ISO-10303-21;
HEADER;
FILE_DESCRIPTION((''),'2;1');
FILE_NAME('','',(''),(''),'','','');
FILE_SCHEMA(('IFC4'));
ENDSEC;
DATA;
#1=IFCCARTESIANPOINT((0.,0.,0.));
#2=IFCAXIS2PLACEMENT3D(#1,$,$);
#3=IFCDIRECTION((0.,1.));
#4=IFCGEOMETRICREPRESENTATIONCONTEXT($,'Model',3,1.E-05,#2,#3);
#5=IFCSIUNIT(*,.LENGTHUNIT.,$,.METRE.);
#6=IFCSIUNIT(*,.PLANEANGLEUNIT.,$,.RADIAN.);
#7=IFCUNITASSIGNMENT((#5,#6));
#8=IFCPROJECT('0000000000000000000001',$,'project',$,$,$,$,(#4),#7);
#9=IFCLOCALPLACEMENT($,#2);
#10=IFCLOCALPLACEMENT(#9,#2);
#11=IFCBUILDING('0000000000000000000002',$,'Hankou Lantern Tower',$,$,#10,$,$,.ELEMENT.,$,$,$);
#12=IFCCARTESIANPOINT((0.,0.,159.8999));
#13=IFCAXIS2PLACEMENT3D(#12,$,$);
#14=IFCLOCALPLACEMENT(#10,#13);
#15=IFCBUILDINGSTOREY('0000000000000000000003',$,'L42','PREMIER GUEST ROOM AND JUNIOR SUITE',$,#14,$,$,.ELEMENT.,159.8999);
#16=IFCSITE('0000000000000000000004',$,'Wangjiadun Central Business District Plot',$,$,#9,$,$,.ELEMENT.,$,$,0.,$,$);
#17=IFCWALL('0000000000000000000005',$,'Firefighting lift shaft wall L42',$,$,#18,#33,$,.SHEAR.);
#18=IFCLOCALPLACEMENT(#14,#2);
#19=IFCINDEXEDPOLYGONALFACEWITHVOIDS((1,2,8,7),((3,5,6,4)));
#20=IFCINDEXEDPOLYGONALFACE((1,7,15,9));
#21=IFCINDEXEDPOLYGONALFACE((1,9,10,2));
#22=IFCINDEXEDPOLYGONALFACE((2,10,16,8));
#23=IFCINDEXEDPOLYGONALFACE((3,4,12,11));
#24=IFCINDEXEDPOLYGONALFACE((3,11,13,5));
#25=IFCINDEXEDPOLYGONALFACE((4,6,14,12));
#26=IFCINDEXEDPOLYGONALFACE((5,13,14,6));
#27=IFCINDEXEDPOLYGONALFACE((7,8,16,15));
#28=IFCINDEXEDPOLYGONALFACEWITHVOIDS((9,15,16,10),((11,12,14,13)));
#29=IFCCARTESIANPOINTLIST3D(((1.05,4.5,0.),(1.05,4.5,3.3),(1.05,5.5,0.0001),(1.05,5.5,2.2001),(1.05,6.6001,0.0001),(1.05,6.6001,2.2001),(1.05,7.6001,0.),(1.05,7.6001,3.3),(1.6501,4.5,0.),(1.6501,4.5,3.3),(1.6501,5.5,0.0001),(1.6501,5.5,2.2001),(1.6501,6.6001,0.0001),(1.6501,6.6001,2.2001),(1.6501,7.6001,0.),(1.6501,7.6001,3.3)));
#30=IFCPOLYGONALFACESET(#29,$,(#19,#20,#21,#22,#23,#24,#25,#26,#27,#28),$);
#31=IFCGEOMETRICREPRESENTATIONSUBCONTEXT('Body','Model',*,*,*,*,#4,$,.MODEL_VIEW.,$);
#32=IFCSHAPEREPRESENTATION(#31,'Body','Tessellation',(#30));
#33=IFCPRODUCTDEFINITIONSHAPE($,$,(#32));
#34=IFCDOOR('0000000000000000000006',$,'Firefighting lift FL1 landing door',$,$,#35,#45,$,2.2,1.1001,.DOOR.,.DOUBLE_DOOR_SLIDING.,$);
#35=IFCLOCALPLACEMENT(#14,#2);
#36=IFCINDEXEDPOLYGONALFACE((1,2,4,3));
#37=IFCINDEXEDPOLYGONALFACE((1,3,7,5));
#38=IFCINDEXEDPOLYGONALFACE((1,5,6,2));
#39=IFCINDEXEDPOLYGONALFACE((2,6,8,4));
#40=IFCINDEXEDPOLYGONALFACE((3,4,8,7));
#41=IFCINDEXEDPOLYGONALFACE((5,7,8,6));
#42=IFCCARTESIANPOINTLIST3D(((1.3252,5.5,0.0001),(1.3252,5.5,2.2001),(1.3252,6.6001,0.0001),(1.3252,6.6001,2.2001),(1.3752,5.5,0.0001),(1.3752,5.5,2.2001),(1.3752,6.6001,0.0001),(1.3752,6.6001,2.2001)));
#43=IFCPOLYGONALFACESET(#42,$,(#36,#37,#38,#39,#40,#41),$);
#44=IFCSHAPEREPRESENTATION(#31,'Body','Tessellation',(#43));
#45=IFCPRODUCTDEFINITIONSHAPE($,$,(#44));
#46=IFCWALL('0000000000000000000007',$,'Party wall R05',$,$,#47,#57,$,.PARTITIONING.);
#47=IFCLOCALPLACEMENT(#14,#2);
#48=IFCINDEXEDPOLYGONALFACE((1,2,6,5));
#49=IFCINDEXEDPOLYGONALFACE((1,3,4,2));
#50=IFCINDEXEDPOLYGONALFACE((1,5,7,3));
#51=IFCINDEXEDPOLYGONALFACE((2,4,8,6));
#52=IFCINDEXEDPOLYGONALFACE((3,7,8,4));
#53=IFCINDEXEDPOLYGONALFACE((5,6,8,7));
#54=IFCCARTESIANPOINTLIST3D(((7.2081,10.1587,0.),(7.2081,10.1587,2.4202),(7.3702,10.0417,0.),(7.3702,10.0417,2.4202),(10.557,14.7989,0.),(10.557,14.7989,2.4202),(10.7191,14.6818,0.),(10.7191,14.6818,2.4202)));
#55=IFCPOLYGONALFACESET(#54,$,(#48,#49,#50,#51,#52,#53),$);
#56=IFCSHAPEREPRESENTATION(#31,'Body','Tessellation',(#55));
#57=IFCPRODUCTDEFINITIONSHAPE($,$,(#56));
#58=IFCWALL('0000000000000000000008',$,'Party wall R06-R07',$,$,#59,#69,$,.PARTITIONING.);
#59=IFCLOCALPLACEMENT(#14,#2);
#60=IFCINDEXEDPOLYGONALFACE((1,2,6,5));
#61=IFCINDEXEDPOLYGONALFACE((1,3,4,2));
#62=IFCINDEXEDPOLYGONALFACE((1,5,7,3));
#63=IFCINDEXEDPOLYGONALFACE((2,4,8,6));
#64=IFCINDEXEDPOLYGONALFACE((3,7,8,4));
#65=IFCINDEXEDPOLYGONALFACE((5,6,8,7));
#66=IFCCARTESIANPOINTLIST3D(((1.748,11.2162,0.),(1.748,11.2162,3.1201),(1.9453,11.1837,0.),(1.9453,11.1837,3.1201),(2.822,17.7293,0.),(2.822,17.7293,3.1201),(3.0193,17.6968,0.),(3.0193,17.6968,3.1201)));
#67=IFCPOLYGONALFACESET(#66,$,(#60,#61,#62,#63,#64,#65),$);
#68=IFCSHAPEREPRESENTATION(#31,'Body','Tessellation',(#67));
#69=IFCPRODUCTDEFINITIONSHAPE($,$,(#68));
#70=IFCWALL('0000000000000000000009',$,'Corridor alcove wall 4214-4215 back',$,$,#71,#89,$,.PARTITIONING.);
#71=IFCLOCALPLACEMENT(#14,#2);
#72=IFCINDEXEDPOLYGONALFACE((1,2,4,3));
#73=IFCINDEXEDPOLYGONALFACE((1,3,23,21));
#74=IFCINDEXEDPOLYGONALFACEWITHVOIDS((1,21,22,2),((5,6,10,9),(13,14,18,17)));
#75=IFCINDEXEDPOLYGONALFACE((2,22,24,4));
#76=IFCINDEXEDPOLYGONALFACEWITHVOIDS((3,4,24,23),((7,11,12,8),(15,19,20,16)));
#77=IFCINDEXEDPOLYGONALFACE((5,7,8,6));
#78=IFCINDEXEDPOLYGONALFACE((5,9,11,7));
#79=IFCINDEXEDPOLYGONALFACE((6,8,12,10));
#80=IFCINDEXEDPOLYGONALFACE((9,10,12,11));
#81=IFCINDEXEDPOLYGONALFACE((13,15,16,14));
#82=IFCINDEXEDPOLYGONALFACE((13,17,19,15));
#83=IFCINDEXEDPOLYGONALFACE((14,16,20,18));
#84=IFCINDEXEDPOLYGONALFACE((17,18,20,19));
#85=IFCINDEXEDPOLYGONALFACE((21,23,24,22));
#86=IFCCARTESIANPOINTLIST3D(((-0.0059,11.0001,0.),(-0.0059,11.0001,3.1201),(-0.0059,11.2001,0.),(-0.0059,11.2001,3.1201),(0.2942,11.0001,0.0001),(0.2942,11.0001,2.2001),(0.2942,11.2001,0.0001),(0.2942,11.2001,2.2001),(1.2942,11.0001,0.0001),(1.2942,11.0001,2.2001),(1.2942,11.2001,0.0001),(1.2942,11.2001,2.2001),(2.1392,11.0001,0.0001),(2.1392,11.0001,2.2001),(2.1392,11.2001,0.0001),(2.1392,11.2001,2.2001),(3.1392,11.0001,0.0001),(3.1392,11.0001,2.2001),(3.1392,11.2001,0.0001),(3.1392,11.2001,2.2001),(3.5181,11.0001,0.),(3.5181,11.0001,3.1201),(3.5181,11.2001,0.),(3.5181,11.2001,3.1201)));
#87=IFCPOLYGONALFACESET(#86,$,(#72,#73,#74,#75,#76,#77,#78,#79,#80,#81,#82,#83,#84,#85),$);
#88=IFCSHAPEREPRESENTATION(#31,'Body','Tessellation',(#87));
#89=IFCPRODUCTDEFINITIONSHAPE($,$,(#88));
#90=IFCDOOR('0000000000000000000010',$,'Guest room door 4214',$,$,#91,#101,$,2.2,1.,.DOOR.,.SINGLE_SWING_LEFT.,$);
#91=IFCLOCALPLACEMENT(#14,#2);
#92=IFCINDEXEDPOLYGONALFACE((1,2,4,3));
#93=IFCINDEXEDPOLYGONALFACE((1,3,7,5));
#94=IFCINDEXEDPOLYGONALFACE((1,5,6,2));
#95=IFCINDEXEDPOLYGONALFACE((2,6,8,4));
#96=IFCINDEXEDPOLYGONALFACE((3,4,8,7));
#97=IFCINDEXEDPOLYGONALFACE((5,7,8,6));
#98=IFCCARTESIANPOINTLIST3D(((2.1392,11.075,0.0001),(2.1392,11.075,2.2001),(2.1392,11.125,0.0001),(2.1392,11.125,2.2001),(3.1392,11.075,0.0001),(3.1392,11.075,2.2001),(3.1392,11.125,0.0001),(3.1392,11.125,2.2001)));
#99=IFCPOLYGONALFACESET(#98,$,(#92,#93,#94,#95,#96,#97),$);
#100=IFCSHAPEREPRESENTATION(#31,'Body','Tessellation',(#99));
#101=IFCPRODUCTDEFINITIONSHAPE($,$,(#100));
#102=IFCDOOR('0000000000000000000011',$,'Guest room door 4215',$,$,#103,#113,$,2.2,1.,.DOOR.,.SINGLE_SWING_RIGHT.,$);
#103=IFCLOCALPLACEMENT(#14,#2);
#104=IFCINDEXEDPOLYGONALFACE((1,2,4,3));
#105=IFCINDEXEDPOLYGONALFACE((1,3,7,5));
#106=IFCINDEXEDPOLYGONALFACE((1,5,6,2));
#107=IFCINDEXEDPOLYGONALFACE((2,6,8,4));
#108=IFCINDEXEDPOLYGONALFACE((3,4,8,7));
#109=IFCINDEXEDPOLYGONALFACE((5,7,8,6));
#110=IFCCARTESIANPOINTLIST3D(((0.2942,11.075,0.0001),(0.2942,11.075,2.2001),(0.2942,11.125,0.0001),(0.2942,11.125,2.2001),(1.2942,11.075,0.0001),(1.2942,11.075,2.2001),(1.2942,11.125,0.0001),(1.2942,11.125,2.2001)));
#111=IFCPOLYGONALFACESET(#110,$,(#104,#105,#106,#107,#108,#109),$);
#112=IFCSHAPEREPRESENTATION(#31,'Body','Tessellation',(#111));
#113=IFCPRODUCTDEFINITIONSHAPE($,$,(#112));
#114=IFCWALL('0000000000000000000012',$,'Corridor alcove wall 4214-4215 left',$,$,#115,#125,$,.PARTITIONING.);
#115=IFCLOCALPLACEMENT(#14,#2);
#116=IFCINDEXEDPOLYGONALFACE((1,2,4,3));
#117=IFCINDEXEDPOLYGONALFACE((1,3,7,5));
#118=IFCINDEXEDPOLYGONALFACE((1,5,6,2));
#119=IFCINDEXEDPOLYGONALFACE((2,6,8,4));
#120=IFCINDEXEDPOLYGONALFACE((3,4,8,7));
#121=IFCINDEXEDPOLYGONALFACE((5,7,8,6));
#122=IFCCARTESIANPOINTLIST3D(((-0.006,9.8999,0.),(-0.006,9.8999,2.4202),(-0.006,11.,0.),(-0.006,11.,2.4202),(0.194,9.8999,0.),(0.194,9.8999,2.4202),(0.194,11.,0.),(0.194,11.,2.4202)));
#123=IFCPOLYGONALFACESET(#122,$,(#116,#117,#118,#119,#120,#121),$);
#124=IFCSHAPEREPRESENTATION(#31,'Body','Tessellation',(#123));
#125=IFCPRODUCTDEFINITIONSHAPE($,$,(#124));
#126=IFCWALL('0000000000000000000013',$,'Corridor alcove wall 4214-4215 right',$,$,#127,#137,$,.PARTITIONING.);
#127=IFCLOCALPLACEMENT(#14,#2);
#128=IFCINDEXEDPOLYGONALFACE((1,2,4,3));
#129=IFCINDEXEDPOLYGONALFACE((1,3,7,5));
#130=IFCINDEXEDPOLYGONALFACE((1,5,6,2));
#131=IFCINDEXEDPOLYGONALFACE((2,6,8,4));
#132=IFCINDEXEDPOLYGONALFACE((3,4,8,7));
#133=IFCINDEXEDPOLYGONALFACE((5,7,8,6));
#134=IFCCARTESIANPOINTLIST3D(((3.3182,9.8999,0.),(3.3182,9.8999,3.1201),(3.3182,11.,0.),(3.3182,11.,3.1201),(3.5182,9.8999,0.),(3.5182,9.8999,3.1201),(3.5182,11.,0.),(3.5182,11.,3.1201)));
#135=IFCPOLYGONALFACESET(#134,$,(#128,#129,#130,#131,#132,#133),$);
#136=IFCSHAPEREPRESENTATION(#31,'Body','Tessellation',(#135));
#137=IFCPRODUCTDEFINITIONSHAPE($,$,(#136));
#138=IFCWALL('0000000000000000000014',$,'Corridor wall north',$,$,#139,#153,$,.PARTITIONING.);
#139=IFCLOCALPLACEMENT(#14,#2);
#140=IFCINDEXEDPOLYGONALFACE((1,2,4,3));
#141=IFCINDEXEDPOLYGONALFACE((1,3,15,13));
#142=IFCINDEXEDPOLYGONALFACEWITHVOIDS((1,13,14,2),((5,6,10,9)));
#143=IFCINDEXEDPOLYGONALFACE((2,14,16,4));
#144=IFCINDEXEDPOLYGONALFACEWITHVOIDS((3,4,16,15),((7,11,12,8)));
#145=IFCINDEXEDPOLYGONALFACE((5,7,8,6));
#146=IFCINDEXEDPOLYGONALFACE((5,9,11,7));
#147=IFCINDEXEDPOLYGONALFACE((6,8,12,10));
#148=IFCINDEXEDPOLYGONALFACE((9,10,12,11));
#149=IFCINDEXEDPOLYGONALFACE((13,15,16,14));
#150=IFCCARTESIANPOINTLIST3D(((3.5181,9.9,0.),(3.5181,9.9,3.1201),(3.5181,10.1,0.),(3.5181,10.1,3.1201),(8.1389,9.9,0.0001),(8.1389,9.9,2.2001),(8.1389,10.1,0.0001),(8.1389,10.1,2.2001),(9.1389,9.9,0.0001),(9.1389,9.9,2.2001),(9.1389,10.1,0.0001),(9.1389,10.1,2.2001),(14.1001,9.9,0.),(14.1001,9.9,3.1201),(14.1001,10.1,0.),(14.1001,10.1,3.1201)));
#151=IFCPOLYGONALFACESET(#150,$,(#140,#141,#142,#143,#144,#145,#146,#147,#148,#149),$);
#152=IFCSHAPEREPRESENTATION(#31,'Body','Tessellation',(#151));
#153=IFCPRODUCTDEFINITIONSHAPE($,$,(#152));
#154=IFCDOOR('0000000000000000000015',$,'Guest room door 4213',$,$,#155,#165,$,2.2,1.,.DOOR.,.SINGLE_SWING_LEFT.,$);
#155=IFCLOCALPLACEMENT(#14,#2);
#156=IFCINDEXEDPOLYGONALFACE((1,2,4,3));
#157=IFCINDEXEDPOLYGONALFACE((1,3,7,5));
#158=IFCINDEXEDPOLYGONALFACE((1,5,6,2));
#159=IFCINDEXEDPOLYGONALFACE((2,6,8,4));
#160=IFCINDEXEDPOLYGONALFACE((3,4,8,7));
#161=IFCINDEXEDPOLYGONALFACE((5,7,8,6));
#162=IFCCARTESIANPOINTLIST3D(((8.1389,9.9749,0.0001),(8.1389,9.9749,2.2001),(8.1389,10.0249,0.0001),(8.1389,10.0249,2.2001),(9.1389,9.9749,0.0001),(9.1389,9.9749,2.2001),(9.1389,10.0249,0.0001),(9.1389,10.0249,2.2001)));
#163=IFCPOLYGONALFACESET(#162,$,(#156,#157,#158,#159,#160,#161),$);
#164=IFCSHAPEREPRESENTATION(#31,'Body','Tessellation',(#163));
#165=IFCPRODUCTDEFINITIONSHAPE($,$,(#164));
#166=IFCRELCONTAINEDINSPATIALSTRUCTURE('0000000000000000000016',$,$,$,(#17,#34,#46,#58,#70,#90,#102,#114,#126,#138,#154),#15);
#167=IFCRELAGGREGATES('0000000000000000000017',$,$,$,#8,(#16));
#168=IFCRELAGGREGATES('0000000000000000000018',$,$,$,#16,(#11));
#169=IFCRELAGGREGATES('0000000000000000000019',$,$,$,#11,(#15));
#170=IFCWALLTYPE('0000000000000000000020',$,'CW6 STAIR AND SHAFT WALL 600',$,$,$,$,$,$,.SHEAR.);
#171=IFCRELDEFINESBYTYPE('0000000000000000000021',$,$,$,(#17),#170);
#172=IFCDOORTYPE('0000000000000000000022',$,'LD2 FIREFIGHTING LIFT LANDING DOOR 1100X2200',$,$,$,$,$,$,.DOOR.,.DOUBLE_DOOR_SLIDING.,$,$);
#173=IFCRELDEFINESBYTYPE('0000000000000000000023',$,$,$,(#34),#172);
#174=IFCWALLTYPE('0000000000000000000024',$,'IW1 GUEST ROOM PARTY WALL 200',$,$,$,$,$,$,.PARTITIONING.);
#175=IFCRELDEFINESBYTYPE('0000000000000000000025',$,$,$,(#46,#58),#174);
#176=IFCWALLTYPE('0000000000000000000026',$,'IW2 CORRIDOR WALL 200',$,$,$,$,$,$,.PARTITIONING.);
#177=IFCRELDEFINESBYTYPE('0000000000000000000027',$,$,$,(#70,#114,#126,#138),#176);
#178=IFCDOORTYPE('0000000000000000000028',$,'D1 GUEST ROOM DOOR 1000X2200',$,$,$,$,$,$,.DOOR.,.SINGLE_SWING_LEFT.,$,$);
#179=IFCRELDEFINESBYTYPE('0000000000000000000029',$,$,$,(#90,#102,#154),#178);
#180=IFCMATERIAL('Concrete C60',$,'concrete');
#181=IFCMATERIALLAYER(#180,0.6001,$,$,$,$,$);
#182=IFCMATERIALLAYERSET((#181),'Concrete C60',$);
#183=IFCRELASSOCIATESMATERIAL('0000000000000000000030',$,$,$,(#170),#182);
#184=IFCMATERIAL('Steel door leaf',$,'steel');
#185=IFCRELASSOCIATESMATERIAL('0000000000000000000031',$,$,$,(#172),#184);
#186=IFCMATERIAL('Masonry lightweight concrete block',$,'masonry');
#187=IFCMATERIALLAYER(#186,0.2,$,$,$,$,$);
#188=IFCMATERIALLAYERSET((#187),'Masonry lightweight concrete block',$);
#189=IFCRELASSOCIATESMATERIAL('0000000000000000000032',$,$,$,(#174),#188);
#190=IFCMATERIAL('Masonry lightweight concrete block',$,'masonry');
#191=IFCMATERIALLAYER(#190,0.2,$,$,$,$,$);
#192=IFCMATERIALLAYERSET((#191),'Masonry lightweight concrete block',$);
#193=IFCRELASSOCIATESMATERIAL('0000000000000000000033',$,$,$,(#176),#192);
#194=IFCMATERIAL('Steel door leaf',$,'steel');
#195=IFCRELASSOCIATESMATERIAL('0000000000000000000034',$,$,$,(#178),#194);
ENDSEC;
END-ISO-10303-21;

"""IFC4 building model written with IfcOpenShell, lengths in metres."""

from ifc_helpers import new_model, si_unit, direction, frame, frame_2d, origin, place, context, subcontext, project, spatial, rectangle, extrude, material, layer, layer_set, type_object, element, fill, save


model = new_model("IFC4")

# Units and contexts
model_context = context("Model", 3, precision=1e-05, world=origin(), true_north=direction((0.0, 1.0)))
body_context = subcontext(model_context, "Body", "Model", "MODEL_VIEW")
ifc_project = project(units=[si_unit("LENGTHUNIT", "METRE"), si_unit("PLANEANGLEUNIT", "RADIAN")], contexts=[model_context])

# Site, building, storey
site_placement = place(None, origin())
site = spatial("IfcSite", under=ifc_project, at=site_placement, Name="Wangjiadun Central Business District Plot", CompositionType="ELEMENT", RefElevation=0.0)
building_placement = place(site_placement, origin())
building = spatial("IfcBuilding", under=site, at=building_placement, Name="Hankou Lantern Tower", CompositionType="ELEMENT")
storey_placement = place(building_placement, frame((0.0, 0.0, 159.8999)))
storey = spatial("IfcBuildingStorey", under=building, at=storey_placement, Name="L42", Description="PREMIER GUEST ROOM AND JUNIOR SUITE", CompositionType="ELEMENT", Elevation=159.8999)

# Wall, opening, door
ifc_material_1 = material(Name="Concrete C60", Category="concrete")
ifc_layer_1 = layer(ifc_material_1, 0.6001)
ifc_layer_set_1 = layer_set([ifc_layer_1], Name="Concrete C60")
wall_type_1 = type_object("IfcWallType", Name="CW6 STAIR AND SHAFT WALL 600", PredefinedType="SHEAR", material=ifc_layer_set_1)
wall_1_placement = place(storey_placement, frame((1.3501, 4.5, 0.0), z_axis=(0.0, 0.0, 1.0), x_axis=(0.0, 1.0, 0.0)))
wall_1 = element("IfcWall", 1, at=wall_1_placement, inside=storey, type_object=wall_type_1, Name="Firefighting lift shaft wall L42", PredefinedType="SHEAR", context=body_context, shape_type="SweptSolid", body=[
    extrude(rectangle(XDim=3.1001, YDim=0.6001, at=frame_2d((1.55, 0.0))), origin(), (0.0, 0.0, 1.0), 3.3),
])
opening_1_placement = place(wall_1_placement, frame((1.0, 0.0, 0.0)))
opening_1 = element("IfcOpeningElement", 2, at=opening_1_placement, cuts=wall_1, PredefinedType="OPENING", context=body_context, shape_type="SweptSolid", body=[
    extrude(rectangle(XDim=1.1001, YDim=2.2, at=frame_2d((0.55, 1.1001))), frame((0.0, 0.3101, 0.0), z_axis=(0.0, -1.0, 0.0), x_axis=(1.0, 0.0, 0.0)), (0.0, 0.0, 1.0), 0.6201),
])
ifc_material_2 = material(Name="Steel door leaf", Category="steel")
door_type_1 = type_object("IfcDoorType", Name="LD2 FIREFIGHTING LIFT LANDING DOOR 1100X2200", OperationType="DOUBLE_DOOR_SLIDING", PredefinedType="DOOR", material=ifc_material_2)
door_1_placement = place(opening_1_placement, origin())
door_1 = element("IfcDoor", 3, at=door_1_placement, inside=storey, type_object=door_type_1, Name="Firefighting lift FL1 landing door", OperationType="DOUBLE_DOOR_SLIDING", OverallHeight=2.2, OverallWidth=1.1001, PredefinedType="DOOR", context=body_context, shape_type="SweptSolid", body=[
    extrude(rectangle(XDim=1.1001, YDim=2.2, at=frame_2d((0.55, 1.1001))), frame((0.0, 0.0249, 0.0), z_axis=(0.0, -1.0, 0.0), x_axis=(1.0, 0.0, 0.0)), (0.0, 0.0, 1.0), 0.05),
])
fill(opening_1, door_1)

# Walls
ifc_material_3 = material(Name="Masonry lightweight concrete block", Category="masonry")
ifc_layer_2 = layer(ifc_material_3, 0.2)
ifc_layer_set_2 = layer_set([ifc_layer_2], Name="Masonry lightweight concrete block")
wall_type_2 = type_object("IfcWallType", Name="IW1 GUEST ROOM PARTY WALL 200", PredefinedType="PARTITIONING", material=ifc_layer_set_2)
wall_2_placement = place(storey_placement, frame((7.2891, 10.1001, 0.0), z_axis=(0.0, 0.0, 1.0), x_axis=(0.585223, 0.810873, 0.0)))
element("IfcWall", 4, at=wall_2_placement, inside=storey, type_object=wall_type_2, Name="Party wall R05", PredefinedType="PARTITIONING", context=body_context, shape_type="SweptSolid", body=[
    extrude(rectangle(XDim=5.7224, YDim=0.2, at=frame_2d((2.8613, 0.0))), origin(), (0.0, 0.0, 1.0), 2.4202),
])
wall_3_placement = place(storey_placement, frame((1.8467, 11.2, 0.0), z_axis=(0.0, 0.0, 1.0), x_axis=(0.162695, 0.986676, 0.0)))
element("IfcWall", 5, at=wall_3_placement, inside=storey, type_object=wall_type_2, Name="Party wall R06-R07", PredefinedType="PARTITIONING", context=body_context, shape_type="SweptSolid", body=[
    extrude(rectangle(XDim=6.6011, YDim=0.2, at=frame_2d((3.3005, 0.0))), origin(), (0.0, 0.0, 1.0), 3.1201),
])

# Wall, openings, doors
ifc_material_4 = material(Name="Masonry lightweight concrete block", Category="masonry")
ifc_layer_3 = layer(ifc_material_4, 0.2)
ifc_layer_set_3 = layer_set([ifc_layer_3], Name="Masonry lightweight concrete block")
wall_type_3 = type_object("IfcWallType", Name="IW2 CORRIDOR WALL 200", PredefinedType="PARTITIONING", material=ifc_layer_set_3)
wall_4_placement = place(storey_placement, frame((-0.0059, 11.1001, 0.0), z_axis=(0.0, 0.0, 1.0), x_axis=(1.0, 0.0, 0.0)))
wall_4 = element("IfcWall", 6, at=wall_4_placement, inside=storey, type_object=wall_type_3, Name="Corridor alcove wall 4214-4215 back", PredefinedType="PARTITIONING", context=body_context, shape_type="SweptSolid", body=[
    extrude(rectangle(XDim=3.5239, YDim=0.2, at=frame_2d((1.762, 0.0))), origin(), (0.0, 0.0, 1.0), 3.1201),
])
opening_2_placement = place(wall_4_placement, frame((2.145, 0.0, 0.0)))
opening_2 = element("IfcOpeningElement", 7, at=opening_2_placement, cuts=wall_4, PredefinedType="OPENING", context=body_context, shape_type="SweptSolid", body=[
    extrude(rectangle(XDim=1.0, YDim=2.2, at=frame_2d((0.5, 1.1001))), frame((0.0, 0.1099, 0.0), z_axis=(0.0, -1.0, 0.0), x_axis=(1.0, 0.0, 0.0)), (0.0, 0.0, 1.0), 0.22),
])
opening_3_placement = place(wall_4_placement, frame((0.3, 0.0, 0.0)))
opening_3 = element("IfcOpeningElement", 8, at=opening_3_placement, cuts=wall_4, PredefinedType="OPENING", context=body_context, shape_type="SweptSolid", body=[
    extrude(rectangle(XDim=1.0, YDim=2.2, at=frame_2d((0.5, 1.1001))), frame((0.0, 0.1099, 0.0), z_axis=(0.0, -1.0, 0.0), x_axis=(1.0, 0.0, 0.0)), (0.0, 0.0, 1.0), 0.22),
])
ifc_material_5 = material(Name="Steel door leaf", Category="steel")
door_type_2 = type_object("IfcDoorType", Name="D1 GUEST ROOM DOOR 1000X2200", OperationType="SINGLE_SWING_LEFT", PredefinedType="DOOR", material=ifc_material_5)
door_2_placement = place(opening_2_placement, origin())
door_2 = element("IfcDoor", 9, at=door_2_placement, inside=storey, type_object=door_type_2, Name="Guest room door 4214", OperationType="SINGLE_SWING_LEFT", OverallHeight=2.2, OverallWidth=1.0, PredefinedType="DOOR", context=body_context, shape_type="SweptSolid", body=[
    extrude(rectangle(XDim=1.0, YDim=2.2, at=frame_2d((0.5, 1.1001))), frame((0.0, 0.0249, 0.0), z_axis=(0.0, -1.0, 0.0), x_axis=(1.0, 0.0, 0.0)), (0.0, 0.0, 1.0), 0.05),
])
fill(opening_2, door_2)
door_3_placement = place(opening_3_placement, origin())
door_3 = element("IfcDoor", 10, at=door_3_placement, inside=storey, type_object=door_type_2, Name="Guest room door 4215", OperationType="SINGLE_SWING_RIGHT", OverallHeight=2.2, OverallWidth=1.0, PredefinedType="DOOR", context=body_context, shape_type="SweptSolid", body=[
    extrude(rectangle(XDim=1.0, YDim=2.2, at=frame_2d((0.5, 1.1001))), frame((0.0, 0.0249, 0.0), z_axis=(0.0, -1.0, 0.0), x_axis=(1.0, 0.0, 0.0)), (0.0, 0.0, 1.0), 0.05),
])
fill(opening_3, door_3)

# Walls
wall_5_placement = place(storey_placement, frame((0.094, 9.8999, 0.0), z_axis=(0.0, 0.0, 1.0), x_axis=(0.0, 1.0, 0.0)))
element("IfcWall", 11, at=wall_5_placement, inside=storey, type_object=wall_type_3, Name="Corridor alcove wall 4214-4215 left", PredefinedType="PARTITIONING", context=body_context, shape_type="SweptSolid", body=[
    extrude(rectangle(XDim=1.1001, YDim=0.2, at=frame_2d((0.55, 0.0))), origin(), (0.0, 0.0, 1.0), 2.4202),
])
wall_6_placement = place(storey_placement, frame((3.4182, 9.8999, 0.0), z_axis=(0.0, 0.0, 1.0), x_axis=(0.0, 1.0, 0.0)))
element("IfcWall", 12, at=wall_6_placement, inside=storey, type_object=wall_type_3, Name="Corridor alcove wall 4214-4215 right", PredefinedType="PARTITIONING", context=body_context, shape_type="SweptSolid", body=[
    extrude(rectangle(XDim=1.1001, YDim=0.2, at=frame_2d((0.55, 0.0))), origin(), (0.0, 0.0, 1.0), 3.1201),
])

# Wall, opening, door
wall_7_placement = place(storey_placement, frame((3.5181, 10.0, 0.0), z_axis=(0.0, 0.0, 1.0), x_axis=(1.0, 0.0, 0.0)))
wall_7 = element("IfcWall", 13, at=wall_7_placement, inside=storey, type_object=wall_type_3, Name="Corridor wall north", PredefinedType="PARTITIONING", context=body_context, shape_type="SweptSolid", body=[
    extrude(rectangle(XDim=10.582, YDim=0.2, at=frame_2d((5.291, 0.0))), origin(), (0.0, 0.0, 1.0), 3.1201),
])
opening_4_placement = place(wall_7_placement, frame((4.6208, 0.0, 0.0)))
opening_4 = element("IfcOpeningElement", 14, at=opening_4_placement, cuts=wall_7, PredefinedType="OPENING", context=body_context, shape_type="SweptSolid", body=[
    extrude(rectangle(XDim=1.0, YDim=2.2, at=frame_2d((0.5, 1.1001))), frame((0.0, 0.1099, 0.0), z_axis=(0.0, -1.0, 0.0), x_axis=(1.0, 0.0, 0.0)), (0.0, 0.0, 1.0), 0.22),
])
door_4_placement = place(opening_4_placement, origin())
door_4 = element("IfcDoor", 15, at=door_4_placement, inside=storey, type_object=door_type_2, Name="Guest room door 4213", OperationType="SINGLE_SWING_LEFT", OverallHeight=2.2, OverallWidth=1.0, PredefinedType="DOOR", context=body_context, shape_type="SweptSolid", body=[
    extrude(rectangle(XDim=1.0, YDim=2.2, at=frame_2d((0.5, 1.1001))), frame((0.0, 0.0249, 0.0), z_axis=(0.0, -1.0, 0.0), x_axis=(1.0, 0.0, 0.0)), (0.0, 0.0, 1.0), 0.05),
])
fill(opening_4, door_4)

save(model, "model.ifc")
